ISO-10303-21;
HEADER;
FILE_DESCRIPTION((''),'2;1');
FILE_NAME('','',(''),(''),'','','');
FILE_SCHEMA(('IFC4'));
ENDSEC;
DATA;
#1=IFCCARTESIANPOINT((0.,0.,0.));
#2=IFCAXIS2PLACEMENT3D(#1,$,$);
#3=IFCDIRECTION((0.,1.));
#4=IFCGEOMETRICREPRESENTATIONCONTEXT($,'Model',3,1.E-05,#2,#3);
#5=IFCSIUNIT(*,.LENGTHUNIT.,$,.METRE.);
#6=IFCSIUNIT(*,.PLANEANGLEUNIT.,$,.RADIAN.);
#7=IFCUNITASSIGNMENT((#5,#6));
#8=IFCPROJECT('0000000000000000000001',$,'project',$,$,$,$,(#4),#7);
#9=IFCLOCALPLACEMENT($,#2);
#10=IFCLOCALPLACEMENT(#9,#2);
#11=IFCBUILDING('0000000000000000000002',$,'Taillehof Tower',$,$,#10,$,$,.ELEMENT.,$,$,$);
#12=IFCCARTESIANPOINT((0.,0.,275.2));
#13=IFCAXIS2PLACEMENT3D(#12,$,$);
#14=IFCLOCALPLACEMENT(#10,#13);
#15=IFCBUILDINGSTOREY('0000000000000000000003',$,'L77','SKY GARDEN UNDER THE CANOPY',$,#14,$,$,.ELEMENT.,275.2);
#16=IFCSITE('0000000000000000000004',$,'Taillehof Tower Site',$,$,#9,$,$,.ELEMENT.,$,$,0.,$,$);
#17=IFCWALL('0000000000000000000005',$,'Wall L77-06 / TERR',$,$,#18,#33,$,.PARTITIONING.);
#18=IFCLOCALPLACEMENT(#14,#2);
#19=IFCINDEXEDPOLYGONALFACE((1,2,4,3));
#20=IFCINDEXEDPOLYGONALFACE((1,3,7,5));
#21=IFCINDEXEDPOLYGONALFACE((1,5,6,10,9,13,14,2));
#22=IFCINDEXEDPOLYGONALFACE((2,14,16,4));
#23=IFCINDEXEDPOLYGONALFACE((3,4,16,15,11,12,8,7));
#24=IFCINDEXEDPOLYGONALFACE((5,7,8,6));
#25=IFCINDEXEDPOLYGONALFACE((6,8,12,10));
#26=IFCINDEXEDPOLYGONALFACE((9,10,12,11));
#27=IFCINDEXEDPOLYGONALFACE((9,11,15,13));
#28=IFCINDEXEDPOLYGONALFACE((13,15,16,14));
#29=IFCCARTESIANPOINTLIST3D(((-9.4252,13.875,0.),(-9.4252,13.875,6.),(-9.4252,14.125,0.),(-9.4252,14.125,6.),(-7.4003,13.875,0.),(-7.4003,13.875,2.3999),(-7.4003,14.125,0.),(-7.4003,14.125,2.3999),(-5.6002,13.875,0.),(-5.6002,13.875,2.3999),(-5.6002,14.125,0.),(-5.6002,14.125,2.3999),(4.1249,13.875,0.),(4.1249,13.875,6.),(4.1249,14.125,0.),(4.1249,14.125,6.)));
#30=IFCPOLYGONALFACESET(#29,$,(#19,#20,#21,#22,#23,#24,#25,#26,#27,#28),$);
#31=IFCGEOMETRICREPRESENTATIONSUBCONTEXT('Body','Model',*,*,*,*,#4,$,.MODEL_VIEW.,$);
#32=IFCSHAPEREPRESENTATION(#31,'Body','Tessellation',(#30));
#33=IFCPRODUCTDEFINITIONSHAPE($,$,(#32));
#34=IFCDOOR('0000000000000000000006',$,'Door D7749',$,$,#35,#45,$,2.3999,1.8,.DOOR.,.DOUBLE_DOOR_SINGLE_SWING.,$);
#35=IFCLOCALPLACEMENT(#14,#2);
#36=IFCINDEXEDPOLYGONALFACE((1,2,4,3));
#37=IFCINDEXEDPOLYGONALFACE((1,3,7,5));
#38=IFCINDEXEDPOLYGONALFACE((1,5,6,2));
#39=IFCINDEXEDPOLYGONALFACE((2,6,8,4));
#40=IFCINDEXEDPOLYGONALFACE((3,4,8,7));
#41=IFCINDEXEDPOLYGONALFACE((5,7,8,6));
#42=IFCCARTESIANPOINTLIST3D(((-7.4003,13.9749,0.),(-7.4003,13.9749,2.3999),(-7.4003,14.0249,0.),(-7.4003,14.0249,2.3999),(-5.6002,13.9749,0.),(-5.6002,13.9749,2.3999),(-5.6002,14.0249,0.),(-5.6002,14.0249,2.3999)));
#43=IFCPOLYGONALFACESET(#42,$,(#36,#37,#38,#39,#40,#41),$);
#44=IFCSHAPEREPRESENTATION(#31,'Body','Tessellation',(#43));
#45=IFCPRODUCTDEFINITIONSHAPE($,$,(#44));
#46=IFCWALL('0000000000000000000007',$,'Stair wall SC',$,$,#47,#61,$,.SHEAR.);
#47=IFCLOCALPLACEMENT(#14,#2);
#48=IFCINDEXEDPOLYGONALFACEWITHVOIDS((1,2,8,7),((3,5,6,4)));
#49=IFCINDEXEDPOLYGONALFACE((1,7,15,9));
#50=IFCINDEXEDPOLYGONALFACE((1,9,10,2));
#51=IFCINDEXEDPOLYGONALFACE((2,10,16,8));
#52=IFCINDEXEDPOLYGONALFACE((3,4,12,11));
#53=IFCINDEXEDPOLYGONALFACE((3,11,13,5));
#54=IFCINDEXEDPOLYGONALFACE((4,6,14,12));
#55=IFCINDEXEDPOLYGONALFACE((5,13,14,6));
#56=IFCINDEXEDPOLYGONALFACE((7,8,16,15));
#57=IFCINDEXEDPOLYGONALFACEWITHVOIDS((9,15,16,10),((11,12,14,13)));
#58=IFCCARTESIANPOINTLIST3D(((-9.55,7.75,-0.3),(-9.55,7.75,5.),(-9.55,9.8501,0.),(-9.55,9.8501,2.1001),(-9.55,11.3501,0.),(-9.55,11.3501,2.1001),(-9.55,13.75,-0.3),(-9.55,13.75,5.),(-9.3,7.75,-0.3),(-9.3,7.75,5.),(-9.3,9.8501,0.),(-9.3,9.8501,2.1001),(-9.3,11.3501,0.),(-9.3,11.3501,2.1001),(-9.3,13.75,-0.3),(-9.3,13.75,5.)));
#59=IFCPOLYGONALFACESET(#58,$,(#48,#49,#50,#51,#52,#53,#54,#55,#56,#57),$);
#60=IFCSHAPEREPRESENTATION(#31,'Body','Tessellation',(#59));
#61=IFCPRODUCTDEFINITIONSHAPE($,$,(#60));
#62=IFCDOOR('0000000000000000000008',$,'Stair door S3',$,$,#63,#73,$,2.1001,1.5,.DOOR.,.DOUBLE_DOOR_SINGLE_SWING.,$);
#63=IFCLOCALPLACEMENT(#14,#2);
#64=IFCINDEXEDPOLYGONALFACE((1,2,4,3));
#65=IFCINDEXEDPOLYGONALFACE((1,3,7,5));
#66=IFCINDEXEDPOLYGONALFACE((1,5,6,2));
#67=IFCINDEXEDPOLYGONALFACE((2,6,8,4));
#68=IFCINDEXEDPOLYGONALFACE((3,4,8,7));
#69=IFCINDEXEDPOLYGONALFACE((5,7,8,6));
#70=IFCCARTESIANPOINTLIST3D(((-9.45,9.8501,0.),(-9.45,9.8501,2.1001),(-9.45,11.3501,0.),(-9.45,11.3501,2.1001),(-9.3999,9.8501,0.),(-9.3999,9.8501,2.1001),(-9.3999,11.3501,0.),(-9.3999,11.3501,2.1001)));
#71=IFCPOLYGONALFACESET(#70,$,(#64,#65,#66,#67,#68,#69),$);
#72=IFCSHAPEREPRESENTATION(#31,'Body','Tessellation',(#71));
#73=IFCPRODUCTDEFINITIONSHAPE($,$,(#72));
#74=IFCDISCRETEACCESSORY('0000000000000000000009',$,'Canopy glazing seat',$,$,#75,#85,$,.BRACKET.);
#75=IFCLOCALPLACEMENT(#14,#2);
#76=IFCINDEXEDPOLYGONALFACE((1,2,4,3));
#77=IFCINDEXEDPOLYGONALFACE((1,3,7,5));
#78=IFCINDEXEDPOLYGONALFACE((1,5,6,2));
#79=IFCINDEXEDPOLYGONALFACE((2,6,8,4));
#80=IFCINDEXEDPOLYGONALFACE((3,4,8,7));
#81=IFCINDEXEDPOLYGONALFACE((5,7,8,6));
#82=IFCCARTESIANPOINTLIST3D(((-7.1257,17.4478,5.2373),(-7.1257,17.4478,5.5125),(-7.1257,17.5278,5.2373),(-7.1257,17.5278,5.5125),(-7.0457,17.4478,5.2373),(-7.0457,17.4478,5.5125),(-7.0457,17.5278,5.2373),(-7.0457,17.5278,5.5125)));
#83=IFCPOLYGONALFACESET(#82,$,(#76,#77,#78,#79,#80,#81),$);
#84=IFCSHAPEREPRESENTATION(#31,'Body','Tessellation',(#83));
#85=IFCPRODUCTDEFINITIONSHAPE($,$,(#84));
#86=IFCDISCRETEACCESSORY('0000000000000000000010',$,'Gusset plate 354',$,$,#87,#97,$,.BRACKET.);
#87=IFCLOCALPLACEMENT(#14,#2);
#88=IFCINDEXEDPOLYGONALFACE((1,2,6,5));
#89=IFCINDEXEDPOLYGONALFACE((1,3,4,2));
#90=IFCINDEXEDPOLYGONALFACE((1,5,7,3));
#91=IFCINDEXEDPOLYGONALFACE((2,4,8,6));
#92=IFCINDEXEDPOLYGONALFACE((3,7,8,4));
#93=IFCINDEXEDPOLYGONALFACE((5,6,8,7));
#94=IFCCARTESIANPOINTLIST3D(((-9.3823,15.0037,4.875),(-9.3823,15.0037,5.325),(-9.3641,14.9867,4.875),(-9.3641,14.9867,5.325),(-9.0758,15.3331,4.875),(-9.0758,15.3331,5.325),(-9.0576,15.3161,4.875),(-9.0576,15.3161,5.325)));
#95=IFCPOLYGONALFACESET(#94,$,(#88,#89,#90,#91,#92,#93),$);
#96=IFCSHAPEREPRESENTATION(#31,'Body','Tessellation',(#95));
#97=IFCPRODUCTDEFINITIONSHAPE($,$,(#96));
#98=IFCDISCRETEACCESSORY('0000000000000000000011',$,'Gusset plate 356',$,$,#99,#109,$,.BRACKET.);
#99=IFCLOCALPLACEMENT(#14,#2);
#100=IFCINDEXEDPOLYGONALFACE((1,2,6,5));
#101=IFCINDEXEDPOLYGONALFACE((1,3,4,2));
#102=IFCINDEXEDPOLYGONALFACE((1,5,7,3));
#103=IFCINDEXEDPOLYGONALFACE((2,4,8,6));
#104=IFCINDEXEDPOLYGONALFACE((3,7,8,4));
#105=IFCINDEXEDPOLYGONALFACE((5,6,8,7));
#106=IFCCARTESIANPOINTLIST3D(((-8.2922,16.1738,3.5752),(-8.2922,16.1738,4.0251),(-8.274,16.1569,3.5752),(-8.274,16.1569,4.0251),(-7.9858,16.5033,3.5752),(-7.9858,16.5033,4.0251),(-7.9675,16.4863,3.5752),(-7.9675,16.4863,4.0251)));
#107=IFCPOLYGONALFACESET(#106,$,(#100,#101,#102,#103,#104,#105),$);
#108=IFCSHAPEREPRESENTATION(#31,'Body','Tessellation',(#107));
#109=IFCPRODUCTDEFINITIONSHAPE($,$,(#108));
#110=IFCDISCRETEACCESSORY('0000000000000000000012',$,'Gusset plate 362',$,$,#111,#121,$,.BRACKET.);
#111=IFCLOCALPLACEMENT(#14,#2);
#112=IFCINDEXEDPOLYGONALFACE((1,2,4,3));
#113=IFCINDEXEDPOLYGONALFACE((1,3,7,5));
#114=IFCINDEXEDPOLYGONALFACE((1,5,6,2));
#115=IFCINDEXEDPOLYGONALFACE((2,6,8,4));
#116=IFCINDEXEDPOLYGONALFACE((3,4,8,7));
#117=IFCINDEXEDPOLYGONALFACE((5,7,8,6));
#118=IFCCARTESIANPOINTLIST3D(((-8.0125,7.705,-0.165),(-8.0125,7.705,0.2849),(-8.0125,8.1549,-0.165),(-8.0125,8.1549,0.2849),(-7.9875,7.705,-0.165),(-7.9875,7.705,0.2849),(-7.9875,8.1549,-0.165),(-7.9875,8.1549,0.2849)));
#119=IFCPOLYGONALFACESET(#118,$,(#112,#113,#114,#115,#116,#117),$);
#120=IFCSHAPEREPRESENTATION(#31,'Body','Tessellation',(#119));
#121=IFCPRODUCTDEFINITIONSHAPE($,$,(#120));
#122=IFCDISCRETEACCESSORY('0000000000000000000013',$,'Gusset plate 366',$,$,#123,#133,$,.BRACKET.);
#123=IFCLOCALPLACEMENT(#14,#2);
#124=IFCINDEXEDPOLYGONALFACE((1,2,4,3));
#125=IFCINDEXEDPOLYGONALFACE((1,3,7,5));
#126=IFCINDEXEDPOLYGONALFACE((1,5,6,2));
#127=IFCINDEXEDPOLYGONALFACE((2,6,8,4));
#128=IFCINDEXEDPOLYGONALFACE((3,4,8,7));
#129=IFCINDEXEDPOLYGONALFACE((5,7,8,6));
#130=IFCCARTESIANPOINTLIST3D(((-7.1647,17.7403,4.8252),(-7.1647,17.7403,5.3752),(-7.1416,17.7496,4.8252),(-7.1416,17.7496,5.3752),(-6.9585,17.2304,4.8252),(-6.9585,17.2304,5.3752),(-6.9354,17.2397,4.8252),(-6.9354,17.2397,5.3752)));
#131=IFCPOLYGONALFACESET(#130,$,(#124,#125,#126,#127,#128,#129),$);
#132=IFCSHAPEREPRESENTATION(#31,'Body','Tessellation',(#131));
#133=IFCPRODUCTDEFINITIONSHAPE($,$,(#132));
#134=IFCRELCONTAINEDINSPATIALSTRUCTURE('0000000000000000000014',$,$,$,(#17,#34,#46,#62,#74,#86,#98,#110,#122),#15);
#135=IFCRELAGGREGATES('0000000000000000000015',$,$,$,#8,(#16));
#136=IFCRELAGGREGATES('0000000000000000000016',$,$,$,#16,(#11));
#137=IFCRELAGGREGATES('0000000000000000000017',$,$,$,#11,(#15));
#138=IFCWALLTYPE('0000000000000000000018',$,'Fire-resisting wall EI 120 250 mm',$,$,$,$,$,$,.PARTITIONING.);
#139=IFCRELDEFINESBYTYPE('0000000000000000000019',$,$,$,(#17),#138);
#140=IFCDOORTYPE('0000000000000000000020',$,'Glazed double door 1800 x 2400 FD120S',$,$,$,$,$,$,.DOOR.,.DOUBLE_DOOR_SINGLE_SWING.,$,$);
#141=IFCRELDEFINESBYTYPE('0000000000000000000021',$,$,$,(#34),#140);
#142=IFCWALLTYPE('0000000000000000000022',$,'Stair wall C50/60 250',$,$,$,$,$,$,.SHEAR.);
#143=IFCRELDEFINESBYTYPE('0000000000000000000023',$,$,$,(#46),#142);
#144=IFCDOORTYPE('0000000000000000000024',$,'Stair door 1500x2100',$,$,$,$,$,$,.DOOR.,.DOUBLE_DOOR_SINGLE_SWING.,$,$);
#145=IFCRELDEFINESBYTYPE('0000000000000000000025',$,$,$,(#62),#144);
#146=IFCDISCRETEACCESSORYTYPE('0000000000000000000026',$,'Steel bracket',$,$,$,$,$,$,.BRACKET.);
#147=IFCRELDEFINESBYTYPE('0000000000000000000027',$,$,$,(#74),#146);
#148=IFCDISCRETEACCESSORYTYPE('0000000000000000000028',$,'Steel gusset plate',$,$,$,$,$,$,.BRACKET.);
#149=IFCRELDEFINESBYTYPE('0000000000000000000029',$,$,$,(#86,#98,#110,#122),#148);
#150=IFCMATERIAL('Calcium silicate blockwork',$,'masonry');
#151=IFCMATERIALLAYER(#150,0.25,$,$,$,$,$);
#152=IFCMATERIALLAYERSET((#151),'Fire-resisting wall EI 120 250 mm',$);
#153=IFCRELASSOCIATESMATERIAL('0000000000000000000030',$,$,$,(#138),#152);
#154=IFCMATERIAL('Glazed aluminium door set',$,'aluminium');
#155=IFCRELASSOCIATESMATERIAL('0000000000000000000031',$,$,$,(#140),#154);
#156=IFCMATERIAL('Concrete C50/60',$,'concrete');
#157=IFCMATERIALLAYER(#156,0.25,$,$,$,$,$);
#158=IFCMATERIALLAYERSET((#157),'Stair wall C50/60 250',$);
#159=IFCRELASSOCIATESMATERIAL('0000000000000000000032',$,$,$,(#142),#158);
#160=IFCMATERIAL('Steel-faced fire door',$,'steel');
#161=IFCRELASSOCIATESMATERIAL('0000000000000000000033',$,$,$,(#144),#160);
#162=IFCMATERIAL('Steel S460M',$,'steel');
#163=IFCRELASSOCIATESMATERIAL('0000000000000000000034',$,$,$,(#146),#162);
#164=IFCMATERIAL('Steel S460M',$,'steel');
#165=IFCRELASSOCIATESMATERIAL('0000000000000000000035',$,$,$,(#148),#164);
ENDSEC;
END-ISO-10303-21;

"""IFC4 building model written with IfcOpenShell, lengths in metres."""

from ifc_helpers import new_model, si_unit, direction, frame, frame_2d, origin, origin_2d, place, context, subcontext, project, spatial, rectangle, extrude, material, layer, layer_set, type_object, element, fill, save


model = new_model("IFC4")

# Units and contexts
model_context = context("Model", 3, precision=1e-05, world=origin(), true_north=direction((0.0, 1.0)))
body_context = subcontext(model_context, "Body", "Model", "MODEL_VIEW")
ifc_project = project(units=[si_unit("LENGTHUNIT", "METRE"), si_unit("PLANEANGLEUNIT", "RADIAN")], contexts=[model_context])

# Site, building, storey
site_placement = place(None, origin())
site = spatial("IfcSite", under=ifc_project, at=site_placement, Name="Taillehof Tower Site", CompositionType="ELEMENT", RefElevation=0.0)
building_placement = place(site_placement, origin())
building = spatial("IfcBuilding", under=site, at=building_placement, Name="Taillehof Tower", CompositionType="ELEMENT")
storey_placement = place(building_placement, frame((0.0, 0.0, 275.2)))
storey = spatial("IfcBuildingStorey", under=building, at=storey_placement, Name="L77", Description="SKY GARDEN UNDER THE CANOPY", CompositionType="ELEMENT", Elevation=275.2)

# Walls, openings, doors
ifc_material_1 = material(Name="Calcium silicate blockwork", Category="masonry")
ifc_layer_1 = layer(ifc_material_1, 0.25)
ifc_layer_set_1 = layer_set([ifc_layer_1], Name="Fire-resisting wall EI 120 250 mm")
wall_type_1 = type_object("IfcWallType", Name="Fire-resisting wall EI 120 250 mm", PredefinedType="PARTITIONING", material=ifc_layer_set_1)
wall_1_placement = place(storey_placement, frame((-9.425, 14.0, 0.0), z_axis=(0.0, 0.0, 1.0), x_axis=(1.0, 0.0, 0.0)))
wall_1 = element("IfcWall", 1, at=wall_1_placement, inside=storey, type_object=wall_type_1, Name="Wall L77-06 / TERR", PredefinedType="PARTITIONING", context=body_context, shape_type="SweptSolid", body=[
    extrude(rectangle(XDim=13.55, YDim=0.25, at=frame_2d((6.7749, 0.0))), origin(), (0.0, 0.0, 1.0), 6.0),
])
opening_1_placement = place(wall_1_placement, frame((2.0249, 0.0, 0.0)))
opening_1 = element("IfcOpeningElement", 2, at=opening_1_placement, cuts=wall_1, PredefinedType="OPENING", context=body_context, shape_type="SweptSolid", body=[
    extrude(rectangle(XDim=1.8, YDim=2.3999, at=frame_2d((0.8999, 1.2))), frame((0.0, 0.135, 0.0), z_axis=(0.0, -1.0, 0.0), x_axis=(1.0, 0.0, 0.0)), (0.0, 0.0, 1.0), 0.27),
])
ifc_material_2 = material(Name="Glazed aluminium door set", Category="aluminium")
door_type_1 = type_object("IfcDoorType", Name="Glazed double door 1800 x 2400 FD120S", OperationType="DOUBLE_DOOR_SINGLE_SWING", PredefinedType="DOOR", material=ifc_material_2)
door_1_placement = place(opening_1_placement, origin())
door_1 = element("IfcDoor", 3, at=door_1_placement, inside=storey, type_object=door_type_1, Name="Door D7749", OperationType="DOUBLE_DOOR_SINGLE_SWING", OverallHeight=2.3999, OverallWidth=1.8, PredefinedType="DOOR", context=body_context, shape_type="SweptSolid", body=[
    extrude(rectangle(XDim=1.8, YDim=2.3999, at=frame_2d((0.8999, 1.2))), frame((0.0, 0.0249, 0.0), z_axis=(0.0, -1.0, 0.0), x_axis=(1.0, 0.0, 0.0)), (0.0, 0.0, 1.0), 0.05),
])
fill(opening_1, door_1)
ifc_material_3 = material(Name="Concrete C50/60", Category="concrete")
ifc_layer_2 = layer(ifc_material_3, 0.25)
ifc_layer_set_2 = layer_set([ifc_layer_2], Name="Stair wall C50/60 250")
wall_type_2 = type_object("IfcWallType", Name="Stair wall C50/60 250", PredefinedType="SHEAR", material=ifc_layer_set_2)
wall_2_placement = place(storey_placement, frame((-9.425, 7.75, -0.3), z_axis=(0.0, 0.0, 1.0), x_axis=(0.0, 1.0, 0.0)))
wall_2 = element("IfcWall", 4, at=wall_2_placement, inside=storey, type_object=wall_type_2, Name="Stair wall SC", PredefinedType="SHEAR", context=body_context, shape_type="SweptSolid", body=[
    extrude(rectangle(XDim=6.0, YDim=0.25, at=frame_2d((3.0, 0.0))), origin(), (0.0, 0.0, 1.0), 5.3),
])
opening_2_placement = place(wall_2_placement, frame((2.1001, 0.0, 0.3)))
opening_2 = element("IfcOpeningElement", 5, at=opening_2_placement, cuts=wall_2, PredefinedType="OPENING", context=body_context, shape_type="SweptSolid", body=[
    extrude(rectangle(XDim=1.5, YDim=2.1001, at=frame_2d((0.75, 1.05))), frame((0.0, 0.135, 0.0), z_axis=(0.0, -1.0, 0.0), x_axis=(1.0, 0.0, 0.0)), (0.0, 0.0, 1.0), 0.27),
])
ifc_material_4 = material(Name="Steel-faced fire door", Category="steel")
door_type_2 = type_object("IfcDoorType", Name="Stair door 1500x2100", OperationType="DOUBLE_DOOR_SINGLE_SWING", PredefinedType="DOOR", material=ifc_material_4)
door_2_placement = place(opening_2_placement, origin())
door_2 = element("IfcDoor", 6, at=door_2_placement, inside=storey, type_object=door_type_2, Name="Stair door S3", OperationType="DOUBLE_DOOR_SINGLE_SWING", OverallHeight=2.1001, OverallWidth=1.5, PredefinedType="DOOR", context=body_context, shape_type="SweptSolid", body=[
    extrude(rectangle(XDim=1.5, YDim=2.1001, at=frame_2d((0.75, 1.05))), frame((0.0, 0.0249, 0.0), z_axis=(0.0, -1.0, 0.0), x_axis=(1.0, 0.0, 0.0)), (0.0, 0.0, 1.0), 0.05),
])
fill(opening_2, door_2)

# Discrete accessories
ifc_material_5 = material(Name="Steel S460M", Category="steel")
discrete_accessory_type_1 = type_object("IfcDiscreteAccessoryType", Name="Steel bracket", PredefinedType="BRACKET", material=ifc_material_5)
discrete_accessory_1_placement = place(storey_placement, frame((-7.0857, 17.4878, 5.2373), z_axis=(0.0, 0.0, 1.0), x_axis=(1.0, 0.0, 0.0)))
element("IfcDiscreteAccessory", 7, at=discrete_accessory_1_placement, inside=storey, type_object=discrete_accessory_type_1, Name="Canopy glazing seat", PredefinedType="BRACKET", context=body_context, shape_type="SweptSolid", body=[
    extrude(rectangle(XDim=0.0801, YDim=0.0801, at=origin_2d()), origin(), (0.0, 0.0, 1.0), 0.2751),
])
ifc_material_6 = material(Name="Steel S460M", Category="steel")
discrete_accessory_type_2 = type_object("IfcDiscreteAccessoryType", Name="Steel gusset plate", PredefinedType="BRACKET", material=ifc_material_6)
for number, where, z_axis, x_axis, name in (
    (8, (-9.22, 15.1599, 4.875), (0.0, 0.0, 1.0), (-0.681132, -0.73216, 0.0), "Gusset plate 354"),
    (9, (-8.1299, 16.3301, 3.5752), (0.0, 0.0, 1.0), (-0.681136, -0.732157, 0.0), "Gusset plate 356"),
    (10, (-8.0, 7.9299, -0.165), (0.0, 0.0, 1.0), (0.0, -1.0, 0.0), "Gusset plate 362"),
):
    element("IfcDiscreteAccessory", number, at=place(storey_placement, frame(where, z_axis=z_axis, x_axis=x_axis)), inside=storey, type_object=discrete_accessory_type_2, Name=name, PredefinedType="BRACKET", context=body_context, shape_type="SweptSolid", body=[
        extrude(rectangle(XDim=0.45, YDim=0.0249, at=origin_2d()), origin(), (0.0, 0.0, 1.0), 0.45),
    ])
discrete_accessory_2_placement = place(storey_placement, frame((-7.05, 17.49, 4.8252), z_axis=(0.0, 0.0, 1.0), x_axis=(0.374838, -0.92709, 0.0)))
element("IfcDiscreteAccessory", 11, at=discrete_accessory_2_placement, inside=storey, type_object=discrete_accessory_type_2, Name="Gusset plate 366", PredefinedType="BRACKET", context=body_context, shape_type="SweptSolid", body=[
    extrude(rectangle(XDim=0.55, YDim=0.0249, at=origin_2d()), origin(), (0.0, 0.0, 1.0), 0.55),
])

save(model, "model.ifc")
